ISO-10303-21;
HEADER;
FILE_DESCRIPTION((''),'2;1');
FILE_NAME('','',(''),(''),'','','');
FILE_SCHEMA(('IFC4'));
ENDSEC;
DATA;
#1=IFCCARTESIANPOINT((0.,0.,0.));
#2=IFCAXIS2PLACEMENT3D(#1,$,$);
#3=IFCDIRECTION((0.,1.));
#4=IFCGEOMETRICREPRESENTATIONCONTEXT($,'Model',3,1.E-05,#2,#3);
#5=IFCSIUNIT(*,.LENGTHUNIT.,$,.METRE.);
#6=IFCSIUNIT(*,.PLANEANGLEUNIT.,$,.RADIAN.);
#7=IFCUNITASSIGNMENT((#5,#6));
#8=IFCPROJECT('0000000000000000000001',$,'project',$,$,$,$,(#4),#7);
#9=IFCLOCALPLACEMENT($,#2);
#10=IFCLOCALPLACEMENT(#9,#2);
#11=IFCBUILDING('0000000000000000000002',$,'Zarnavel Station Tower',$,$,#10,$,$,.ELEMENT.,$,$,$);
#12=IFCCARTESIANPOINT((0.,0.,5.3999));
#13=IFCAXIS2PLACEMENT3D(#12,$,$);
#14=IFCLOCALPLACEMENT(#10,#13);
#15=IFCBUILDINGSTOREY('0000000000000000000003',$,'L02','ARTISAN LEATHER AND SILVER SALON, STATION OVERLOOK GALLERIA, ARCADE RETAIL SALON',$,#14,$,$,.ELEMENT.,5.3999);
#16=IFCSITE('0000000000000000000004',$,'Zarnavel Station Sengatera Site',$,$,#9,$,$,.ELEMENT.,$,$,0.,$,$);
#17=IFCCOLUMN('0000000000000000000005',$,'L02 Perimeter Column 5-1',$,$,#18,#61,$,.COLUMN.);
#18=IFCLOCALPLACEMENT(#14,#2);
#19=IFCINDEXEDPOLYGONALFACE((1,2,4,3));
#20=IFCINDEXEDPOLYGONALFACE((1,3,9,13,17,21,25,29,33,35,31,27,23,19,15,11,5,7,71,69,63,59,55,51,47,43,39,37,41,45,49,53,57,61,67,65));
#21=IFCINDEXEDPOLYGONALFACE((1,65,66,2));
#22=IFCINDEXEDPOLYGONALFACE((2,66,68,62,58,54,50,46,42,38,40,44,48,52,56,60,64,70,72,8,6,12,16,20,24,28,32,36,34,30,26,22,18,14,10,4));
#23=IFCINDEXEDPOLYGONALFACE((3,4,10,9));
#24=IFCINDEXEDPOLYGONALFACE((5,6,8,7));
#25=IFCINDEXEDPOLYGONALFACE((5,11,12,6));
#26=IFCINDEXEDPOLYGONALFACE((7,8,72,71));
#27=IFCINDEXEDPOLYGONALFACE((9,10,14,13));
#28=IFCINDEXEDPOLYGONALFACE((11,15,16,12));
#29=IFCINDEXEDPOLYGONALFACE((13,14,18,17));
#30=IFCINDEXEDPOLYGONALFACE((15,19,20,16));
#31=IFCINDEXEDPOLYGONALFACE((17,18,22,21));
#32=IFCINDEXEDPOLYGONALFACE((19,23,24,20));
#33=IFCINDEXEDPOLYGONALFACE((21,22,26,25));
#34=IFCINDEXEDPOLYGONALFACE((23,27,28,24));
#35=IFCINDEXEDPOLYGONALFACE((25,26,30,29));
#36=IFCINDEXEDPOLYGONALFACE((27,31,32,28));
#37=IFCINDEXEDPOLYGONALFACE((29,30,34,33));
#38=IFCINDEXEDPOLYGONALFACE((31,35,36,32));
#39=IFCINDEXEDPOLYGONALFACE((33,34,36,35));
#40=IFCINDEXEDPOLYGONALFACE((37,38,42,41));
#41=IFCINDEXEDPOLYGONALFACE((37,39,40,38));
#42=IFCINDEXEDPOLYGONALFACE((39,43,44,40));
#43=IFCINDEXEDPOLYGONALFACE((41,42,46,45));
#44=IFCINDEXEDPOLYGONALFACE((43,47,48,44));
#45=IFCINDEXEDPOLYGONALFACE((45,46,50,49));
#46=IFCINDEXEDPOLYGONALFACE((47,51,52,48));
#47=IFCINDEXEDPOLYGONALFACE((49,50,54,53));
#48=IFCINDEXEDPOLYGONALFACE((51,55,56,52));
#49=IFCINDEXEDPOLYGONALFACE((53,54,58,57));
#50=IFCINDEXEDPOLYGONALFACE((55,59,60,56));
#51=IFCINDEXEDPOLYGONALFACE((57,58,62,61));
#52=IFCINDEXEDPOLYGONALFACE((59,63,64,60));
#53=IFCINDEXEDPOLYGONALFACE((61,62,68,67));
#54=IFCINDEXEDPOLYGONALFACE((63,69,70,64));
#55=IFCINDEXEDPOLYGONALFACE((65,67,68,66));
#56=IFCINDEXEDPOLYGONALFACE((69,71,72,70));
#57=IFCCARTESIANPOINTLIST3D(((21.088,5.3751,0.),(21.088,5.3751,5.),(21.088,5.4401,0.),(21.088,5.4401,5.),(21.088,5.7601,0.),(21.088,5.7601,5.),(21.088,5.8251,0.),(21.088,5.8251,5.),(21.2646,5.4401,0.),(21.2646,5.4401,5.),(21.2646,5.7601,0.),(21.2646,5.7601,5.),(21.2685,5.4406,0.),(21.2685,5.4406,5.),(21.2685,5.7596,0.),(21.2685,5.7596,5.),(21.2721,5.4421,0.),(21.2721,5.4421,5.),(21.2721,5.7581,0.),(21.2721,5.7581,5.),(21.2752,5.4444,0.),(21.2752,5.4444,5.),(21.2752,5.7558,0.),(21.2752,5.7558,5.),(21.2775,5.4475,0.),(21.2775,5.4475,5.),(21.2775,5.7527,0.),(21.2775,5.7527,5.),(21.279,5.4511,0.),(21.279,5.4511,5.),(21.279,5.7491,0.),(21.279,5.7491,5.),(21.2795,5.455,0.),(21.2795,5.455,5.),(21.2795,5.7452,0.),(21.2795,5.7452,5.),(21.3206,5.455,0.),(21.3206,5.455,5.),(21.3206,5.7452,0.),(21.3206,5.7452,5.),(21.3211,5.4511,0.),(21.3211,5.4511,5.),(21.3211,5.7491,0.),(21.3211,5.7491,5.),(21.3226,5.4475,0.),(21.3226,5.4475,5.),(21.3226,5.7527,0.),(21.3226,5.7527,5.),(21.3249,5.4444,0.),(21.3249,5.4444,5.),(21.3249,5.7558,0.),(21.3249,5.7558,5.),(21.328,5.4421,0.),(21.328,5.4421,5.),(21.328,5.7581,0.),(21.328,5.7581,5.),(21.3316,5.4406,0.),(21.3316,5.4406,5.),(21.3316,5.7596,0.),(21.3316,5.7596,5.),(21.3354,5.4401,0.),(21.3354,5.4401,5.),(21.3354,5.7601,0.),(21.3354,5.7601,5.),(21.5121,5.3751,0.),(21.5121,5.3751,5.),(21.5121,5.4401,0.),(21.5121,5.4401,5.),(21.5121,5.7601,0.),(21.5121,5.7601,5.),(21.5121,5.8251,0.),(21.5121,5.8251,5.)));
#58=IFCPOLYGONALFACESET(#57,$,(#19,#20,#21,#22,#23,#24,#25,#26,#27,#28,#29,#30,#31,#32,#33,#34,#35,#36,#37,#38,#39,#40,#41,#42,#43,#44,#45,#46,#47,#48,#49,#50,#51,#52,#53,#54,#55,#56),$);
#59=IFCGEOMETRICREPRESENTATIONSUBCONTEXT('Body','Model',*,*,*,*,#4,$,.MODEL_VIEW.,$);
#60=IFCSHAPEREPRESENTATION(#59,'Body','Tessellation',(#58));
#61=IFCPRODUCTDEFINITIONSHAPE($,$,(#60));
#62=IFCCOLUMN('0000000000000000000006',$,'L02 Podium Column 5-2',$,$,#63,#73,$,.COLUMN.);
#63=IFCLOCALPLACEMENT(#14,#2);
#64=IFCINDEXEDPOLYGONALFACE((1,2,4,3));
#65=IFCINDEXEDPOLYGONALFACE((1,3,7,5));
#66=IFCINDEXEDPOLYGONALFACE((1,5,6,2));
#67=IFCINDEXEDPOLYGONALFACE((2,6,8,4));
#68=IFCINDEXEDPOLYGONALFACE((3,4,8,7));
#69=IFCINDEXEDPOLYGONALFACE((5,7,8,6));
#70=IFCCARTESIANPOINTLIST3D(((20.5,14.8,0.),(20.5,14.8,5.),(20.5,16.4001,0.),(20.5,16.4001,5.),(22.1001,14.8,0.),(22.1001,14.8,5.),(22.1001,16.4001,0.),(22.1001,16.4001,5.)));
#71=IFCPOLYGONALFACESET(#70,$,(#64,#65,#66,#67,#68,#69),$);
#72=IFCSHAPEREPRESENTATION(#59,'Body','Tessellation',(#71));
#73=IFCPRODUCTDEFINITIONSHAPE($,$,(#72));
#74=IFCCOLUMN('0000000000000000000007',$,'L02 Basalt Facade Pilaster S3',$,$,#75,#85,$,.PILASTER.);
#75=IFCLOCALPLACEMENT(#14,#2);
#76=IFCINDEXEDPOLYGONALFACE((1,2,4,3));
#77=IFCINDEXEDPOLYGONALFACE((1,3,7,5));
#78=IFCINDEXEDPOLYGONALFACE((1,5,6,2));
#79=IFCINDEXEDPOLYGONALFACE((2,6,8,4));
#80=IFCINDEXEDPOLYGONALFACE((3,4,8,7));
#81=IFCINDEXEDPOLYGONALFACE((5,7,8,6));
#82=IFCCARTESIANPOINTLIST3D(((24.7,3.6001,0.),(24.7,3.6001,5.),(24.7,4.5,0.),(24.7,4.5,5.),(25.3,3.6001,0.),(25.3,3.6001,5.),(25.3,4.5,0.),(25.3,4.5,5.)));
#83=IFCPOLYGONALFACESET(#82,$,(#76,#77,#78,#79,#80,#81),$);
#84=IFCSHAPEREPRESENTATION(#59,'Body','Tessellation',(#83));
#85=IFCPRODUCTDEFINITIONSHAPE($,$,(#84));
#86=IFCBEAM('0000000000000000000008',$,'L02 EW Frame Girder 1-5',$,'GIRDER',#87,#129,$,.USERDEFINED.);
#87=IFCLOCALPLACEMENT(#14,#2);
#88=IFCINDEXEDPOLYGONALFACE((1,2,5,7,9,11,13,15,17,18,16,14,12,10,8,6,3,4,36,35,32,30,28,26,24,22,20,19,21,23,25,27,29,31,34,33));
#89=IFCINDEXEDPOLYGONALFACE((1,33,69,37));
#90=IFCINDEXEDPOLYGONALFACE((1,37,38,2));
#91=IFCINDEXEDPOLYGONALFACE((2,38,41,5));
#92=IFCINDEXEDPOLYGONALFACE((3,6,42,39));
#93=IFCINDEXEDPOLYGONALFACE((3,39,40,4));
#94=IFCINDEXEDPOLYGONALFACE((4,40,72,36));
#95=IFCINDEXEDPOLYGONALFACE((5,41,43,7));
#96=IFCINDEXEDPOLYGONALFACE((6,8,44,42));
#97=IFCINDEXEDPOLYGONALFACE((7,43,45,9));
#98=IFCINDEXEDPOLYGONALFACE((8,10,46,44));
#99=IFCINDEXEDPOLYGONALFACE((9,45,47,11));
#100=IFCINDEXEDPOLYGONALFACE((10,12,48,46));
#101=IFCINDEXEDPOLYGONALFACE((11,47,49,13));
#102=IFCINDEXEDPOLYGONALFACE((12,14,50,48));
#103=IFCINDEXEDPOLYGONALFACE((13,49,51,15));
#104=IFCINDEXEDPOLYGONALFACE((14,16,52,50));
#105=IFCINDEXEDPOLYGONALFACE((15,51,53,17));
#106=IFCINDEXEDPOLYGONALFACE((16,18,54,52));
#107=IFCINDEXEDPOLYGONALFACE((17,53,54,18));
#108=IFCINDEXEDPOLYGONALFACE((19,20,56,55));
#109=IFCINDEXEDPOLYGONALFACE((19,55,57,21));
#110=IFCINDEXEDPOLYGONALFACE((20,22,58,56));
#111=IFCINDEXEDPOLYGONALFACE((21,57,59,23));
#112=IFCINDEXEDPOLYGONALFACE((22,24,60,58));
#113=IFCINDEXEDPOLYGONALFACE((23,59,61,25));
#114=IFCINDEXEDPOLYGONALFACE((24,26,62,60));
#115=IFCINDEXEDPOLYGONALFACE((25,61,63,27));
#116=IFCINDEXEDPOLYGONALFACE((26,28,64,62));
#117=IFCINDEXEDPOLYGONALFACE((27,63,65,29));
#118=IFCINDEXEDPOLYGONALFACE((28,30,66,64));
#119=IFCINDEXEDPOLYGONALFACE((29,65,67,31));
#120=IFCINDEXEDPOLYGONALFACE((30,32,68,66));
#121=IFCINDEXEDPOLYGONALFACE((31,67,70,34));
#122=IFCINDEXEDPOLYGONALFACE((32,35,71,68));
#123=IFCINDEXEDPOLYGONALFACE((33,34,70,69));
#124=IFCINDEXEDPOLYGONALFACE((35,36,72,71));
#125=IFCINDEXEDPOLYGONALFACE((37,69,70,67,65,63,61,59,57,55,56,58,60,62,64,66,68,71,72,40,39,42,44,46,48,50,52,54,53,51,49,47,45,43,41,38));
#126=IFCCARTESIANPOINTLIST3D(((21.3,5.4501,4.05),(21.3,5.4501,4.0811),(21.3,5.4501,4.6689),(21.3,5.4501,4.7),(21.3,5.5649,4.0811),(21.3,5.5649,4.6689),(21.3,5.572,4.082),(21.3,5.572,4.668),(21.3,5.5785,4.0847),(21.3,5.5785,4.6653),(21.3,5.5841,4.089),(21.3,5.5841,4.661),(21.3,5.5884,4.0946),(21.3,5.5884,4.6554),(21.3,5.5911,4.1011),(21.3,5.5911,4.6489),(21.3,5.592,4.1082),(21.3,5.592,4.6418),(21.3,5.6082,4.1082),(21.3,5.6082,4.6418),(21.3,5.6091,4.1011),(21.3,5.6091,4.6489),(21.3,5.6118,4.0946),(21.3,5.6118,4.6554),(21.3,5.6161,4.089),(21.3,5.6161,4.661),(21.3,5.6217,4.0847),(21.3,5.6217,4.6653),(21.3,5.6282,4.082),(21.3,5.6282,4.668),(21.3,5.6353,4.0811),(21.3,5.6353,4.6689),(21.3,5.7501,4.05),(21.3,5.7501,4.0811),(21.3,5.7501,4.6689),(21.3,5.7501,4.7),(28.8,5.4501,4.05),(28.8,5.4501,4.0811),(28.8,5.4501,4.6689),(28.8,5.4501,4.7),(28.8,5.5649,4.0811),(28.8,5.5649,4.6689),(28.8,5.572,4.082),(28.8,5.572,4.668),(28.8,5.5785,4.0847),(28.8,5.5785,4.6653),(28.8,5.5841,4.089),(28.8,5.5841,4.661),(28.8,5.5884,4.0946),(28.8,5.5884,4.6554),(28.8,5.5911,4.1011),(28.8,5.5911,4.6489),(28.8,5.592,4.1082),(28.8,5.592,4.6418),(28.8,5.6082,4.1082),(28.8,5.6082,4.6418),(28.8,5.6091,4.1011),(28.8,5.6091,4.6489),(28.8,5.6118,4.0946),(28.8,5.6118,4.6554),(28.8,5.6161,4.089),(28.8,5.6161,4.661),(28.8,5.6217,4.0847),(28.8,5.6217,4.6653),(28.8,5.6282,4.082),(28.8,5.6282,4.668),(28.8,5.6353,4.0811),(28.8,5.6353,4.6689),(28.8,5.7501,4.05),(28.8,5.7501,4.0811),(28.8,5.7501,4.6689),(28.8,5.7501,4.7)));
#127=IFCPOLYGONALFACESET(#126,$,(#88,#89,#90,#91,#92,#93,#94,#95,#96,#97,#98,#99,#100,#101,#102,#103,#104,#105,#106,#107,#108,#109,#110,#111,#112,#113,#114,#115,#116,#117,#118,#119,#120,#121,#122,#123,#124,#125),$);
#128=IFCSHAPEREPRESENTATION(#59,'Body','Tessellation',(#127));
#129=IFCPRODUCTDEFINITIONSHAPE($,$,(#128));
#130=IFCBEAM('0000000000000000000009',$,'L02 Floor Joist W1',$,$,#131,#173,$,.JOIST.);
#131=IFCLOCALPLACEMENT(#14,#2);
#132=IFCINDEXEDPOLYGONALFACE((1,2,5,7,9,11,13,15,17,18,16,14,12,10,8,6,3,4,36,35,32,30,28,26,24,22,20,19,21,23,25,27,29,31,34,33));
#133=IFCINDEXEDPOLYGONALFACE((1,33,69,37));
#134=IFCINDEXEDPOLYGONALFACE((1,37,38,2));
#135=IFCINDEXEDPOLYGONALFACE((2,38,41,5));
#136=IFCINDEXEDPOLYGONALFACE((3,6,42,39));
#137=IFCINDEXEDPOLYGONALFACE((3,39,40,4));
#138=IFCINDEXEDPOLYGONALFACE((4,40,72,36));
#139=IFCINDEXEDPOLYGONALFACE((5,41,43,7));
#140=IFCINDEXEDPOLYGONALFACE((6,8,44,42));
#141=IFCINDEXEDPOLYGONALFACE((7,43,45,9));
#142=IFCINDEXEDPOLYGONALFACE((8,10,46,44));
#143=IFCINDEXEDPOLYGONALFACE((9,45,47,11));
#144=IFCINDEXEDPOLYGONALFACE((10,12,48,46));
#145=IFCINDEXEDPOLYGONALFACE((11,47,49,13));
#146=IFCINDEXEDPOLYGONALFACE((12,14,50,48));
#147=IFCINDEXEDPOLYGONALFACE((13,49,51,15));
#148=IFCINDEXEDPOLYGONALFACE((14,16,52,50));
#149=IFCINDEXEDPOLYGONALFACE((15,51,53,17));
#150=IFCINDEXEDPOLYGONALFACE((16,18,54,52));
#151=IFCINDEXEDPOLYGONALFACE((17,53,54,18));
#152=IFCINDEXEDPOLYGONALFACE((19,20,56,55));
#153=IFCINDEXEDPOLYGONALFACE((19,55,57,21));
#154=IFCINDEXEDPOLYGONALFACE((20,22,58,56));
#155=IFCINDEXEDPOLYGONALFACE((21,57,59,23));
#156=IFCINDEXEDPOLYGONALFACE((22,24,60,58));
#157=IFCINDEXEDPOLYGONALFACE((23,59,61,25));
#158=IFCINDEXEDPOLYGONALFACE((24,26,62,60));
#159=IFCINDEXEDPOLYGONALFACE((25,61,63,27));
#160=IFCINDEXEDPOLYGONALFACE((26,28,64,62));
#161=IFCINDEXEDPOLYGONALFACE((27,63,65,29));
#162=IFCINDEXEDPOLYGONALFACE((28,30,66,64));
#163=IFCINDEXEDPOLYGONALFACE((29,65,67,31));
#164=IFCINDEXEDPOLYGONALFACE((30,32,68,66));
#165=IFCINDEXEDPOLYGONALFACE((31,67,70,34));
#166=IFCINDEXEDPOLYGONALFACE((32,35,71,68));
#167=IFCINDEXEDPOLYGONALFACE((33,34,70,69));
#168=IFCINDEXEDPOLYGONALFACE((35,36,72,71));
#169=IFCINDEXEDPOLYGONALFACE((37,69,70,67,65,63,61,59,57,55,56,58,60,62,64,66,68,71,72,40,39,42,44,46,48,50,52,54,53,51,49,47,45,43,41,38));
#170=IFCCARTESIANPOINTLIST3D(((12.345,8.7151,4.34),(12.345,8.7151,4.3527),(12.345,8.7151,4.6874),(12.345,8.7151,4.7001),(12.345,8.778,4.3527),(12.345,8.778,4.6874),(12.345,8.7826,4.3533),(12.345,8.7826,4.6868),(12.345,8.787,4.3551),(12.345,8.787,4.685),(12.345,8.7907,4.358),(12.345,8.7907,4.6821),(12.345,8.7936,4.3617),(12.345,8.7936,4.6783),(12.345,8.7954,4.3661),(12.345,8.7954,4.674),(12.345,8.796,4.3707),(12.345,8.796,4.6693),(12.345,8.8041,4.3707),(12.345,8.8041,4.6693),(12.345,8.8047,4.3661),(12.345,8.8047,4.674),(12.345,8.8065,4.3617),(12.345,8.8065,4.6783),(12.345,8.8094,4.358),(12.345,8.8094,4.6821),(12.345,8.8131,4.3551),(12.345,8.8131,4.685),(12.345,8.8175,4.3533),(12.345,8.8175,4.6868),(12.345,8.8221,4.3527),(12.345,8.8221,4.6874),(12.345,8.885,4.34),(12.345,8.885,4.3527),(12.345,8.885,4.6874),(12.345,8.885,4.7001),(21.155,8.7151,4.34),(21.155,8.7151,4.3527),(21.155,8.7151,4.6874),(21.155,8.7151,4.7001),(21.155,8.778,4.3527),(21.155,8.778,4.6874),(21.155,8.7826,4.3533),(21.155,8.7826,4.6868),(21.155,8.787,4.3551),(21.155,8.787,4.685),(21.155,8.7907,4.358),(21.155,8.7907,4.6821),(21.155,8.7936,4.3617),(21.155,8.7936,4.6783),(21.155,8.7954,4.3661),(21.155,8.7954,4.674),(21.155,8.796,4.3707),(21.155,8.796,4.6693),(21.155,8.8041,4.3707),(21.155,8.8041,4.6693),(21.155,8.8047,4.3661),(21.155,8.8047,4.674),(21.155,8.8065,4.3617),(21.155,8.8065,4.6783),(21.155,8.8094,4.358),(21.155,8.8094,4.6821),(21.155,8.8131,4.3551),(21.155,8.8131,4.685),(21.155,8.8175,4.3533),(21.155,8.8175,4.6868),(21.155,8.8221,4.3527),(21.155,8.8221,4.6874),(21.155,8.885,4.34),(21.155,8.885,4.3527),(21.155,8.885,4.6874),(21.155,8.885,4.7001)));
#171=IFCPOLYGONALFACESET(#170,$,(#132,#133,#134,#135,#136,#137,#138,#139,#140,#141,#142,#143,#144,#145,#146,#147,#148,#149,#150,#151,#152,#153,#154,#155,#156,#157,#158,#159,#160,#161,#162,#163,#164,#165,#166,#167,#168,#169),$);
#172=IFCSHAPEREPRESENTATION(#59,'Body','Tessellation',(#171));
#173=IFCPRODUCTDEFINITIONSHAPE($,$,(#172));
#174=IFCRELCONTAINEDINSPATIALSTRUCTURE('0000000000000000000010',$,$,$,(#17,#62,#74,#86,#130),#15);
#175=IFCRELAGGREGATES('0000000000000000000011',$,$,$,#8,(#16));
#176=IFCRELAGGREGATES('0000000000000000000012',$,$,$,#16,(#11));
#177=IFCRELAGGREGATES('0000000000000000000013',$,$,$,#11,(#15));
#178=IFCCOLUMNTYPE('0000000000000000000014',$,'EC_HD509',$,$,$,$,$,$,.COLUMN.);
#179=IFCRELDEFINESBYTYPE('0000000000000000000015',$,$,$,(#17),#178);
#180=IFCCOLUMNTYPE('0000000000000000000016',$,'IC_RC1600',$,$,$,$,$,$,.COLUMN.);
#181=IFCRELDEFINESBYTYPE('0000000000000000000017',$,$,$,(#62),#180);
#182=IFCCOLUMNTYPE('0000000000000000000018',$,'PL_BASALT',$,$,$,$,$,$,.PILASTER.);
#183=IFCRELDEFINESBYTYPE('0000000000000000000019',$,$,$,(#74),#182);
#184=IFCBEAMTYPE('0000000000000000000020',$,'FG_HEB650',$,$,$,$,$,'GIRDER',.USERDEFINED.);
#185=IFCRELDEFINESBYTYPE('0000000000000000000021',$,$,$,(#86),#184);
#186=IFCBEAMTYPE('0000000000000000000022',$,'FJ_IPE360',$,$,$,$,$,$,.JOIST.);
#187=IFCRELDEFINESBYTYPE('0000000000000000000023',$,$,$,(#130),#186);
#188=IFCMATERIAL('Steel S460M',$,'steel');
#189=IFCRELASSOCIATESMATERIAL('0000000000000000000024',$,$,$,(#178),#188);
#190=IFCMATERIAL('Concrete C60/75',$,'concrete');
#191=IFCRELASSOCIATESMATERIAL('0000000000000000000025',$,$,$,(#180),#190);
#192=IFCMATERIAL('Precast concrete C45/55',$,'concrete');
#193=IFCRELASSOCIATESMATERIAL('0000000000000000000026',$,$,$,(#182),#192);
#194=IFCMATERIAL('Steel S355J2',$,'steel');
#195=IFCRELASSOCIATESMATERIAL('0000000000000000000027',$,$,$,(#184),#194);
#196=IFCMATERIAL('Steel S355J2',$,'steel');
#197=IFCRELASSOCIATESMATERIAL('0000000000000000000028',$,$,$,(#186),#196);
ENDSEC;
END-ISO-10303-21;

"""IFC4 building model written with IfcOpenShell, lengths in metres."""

from ifc_helpers import new_model, si_unit, direction, frame, origin, origin_2d, place, context, subcontext, project, spatial, rectangle, i_section, extrude, material, material_profile, profile_set, type_object, element, save


model = new_model("IFC4")

# Units and contexts
model_context = context("Model", 3, precision=1e-05, world=origin(), true_north=direction((0.0, 1.0)))
body_context = subcontext(model_context, "Body", "Model", "MODEL_VIEW")
ifc_project = project(units=[si_unit("LENGTHUNIT", "METRE"), si_unit("PLANEANGLEUNIT", "RADIAN")], contexts=[model_context])

# Site, building, storey
site_placement = place(None, origin())
site = spatial("IfcSite", under=ifc_project, at=site_placement, Name="Zarnavel Station Sengatera Site", CompositionType="ELEMENT", RefElevation=0.0)
building_placement = place(site_placement, origin())
building = spatial("IfcBuilding", under=site, at=building_placement, Name="Zarnavel Station Tower", CompositionType="ELEMENT")
storey_placement = place(building_placement, frame((0.0, 0.0, 5.3999)))
storey = spatial("IfcBuildingStorey", under=building, at=storey_placement, Name="L02", Description="ARTISAN LEATHER AND SILVER SALON, STATION OVERLOOK GALLERIA, ARCADE RETAIL SALON", CompositionType="ELEMENT", Elevation=5.3999)

# Columns
ifc_material_1 = material(Name="Steel S460M", Category="steel")
ifc_material_profile_1 = material_profile(ifc_material_1, i_section(OverallWidth=0.4241, OverallDepth=0.45, WebThickness=0.041, FlangeThickness=0.0649, FilletRadius=0.0149, at=origin_2d()), Name="HD400x509")
ifc_profile_set_1 = profile_set([ifc_material_profile_1], Name="Steel S460M")
column_type_1 = type_object("IfcColumnType", Name="EC_HD509", PredefinedType="COLUMN", material=ifc_profile_set_1)
column_1_placement = place(storey_placement, frame((21.3, 5.6001, 0.0), z_axis=(0.0, 0.0, 1.0), x_axis=(1.0, 0.0, 0.0)))
element("IfcColumn", 1, at=column_1_placement, inside=storey, type_object=column_type_1, Name="L02 Perimeter Column 5-1", PredefinedType="COLUMN", context=body_context, shape_type="SweptSolid", body=[
    extrude(i_section(OverallWidth=0.4241, OverallDepth=0.45, WebThickness=0.041, FlangeThickness=0.0649, FilletRadius=0.0149, at=origin_2d()), origin(), (0.0, 0.0, 1.0), 5.0),
])
ifc_material_2 = material(Name="Concrete C60/75", Category="concrete")
ifc_material_profile_2 = material_profile(ifc_material_2, rectangle(XDim=1.6001, YDim=1.6001, at=origin_2d()), Name="RC1600x1600")
ifc_profile_set_2 = profile_set([ifc_material_profile_2], Name="Concrete C60/75")
column_type_2 = type_object("IfcColumnType", Name="IC_RC1600", PredefinedType="COLUMN", material=ifc_profile_set_2)
column_2_placement = place(storey_placement, frame((21.3, 15.6001, 0.0), z_axis=(0.0, 0.0, 1.0), x_axis=(1.0, 0.0, 0.0)))
element("IfcColumn", 2, at=column_2_placement, inside=storey, type_object=column_type_2, Name="L02 Podium Column 5-2", PredefinedType="COLUMN", context=body_context, shape_type="SweptSolid", body=[
    extrude(rectangle(XDim=1.6001, YDim=1.6001, at=origin_2d()), origin(), (0.0, 0.0, 1.0), 5.0),
])
ifc_material_3 = material(Name="Precast concrete C45/55", Category="concrete")
ifc_material_profile_3 = material_profile(ifc_material_3, rectangle(XDim=0.6001, YDim=0.8999, at=origin_2d()), Name="RC600x900")
ifc_profile_set_3 = profile_set([ifc_material_profile_3], Name="Precast concrete C45/55")
column_type_3 = type_object("IfcColumnType", Name="PL_BASALT", PredefinedType="PILASTER", material=ifc_profile_set_3)
column_3_placement = place(storey_placement, frame((25.0, 4.05, 0.0), z_axis=(0.0, 0.0, 1.0), x_axis=(1.0, 0.0, 0.0)))
element("IfcColumn", 3, at=column_3_placement, inside=storey, type_object=column_type_3, Name="L02 Basalt Facade Pilaster S3", PredefinedType="PILASTER", context=body_context, shape_type="SweptSolid", body=[
    extrude(rectangle(XDim=0.6001, YDim=0.8999, at=origin_2d()), origin(), (0.0, 0.0, 1.0), 5.0),
])

# Beams
ifc_material_4 = material(Name="Steel S355J2", Category="steel")
ifc_material_profile_4 = material_profile(ifc_material_4, i_section(OverallWidth=0.3, OverallDepth=0.6499, WebThickness=0.0161, FlangeThickness=0.031, FilletRadius=0.0271, at=origin_2d()), Name="HEB650")
ifc_profile_set_4 = profile_set([ifc_material_profile_4], Name="Steel S355J2")
beam_type_1 = type_object("IfcBeamType", Name="FG_HEB650", ElementType="GIRDER", PredefinedType="USERDEFINED", material=ifc_profile_set_4)
beam_1_placement = place(storey_placement, frame((21.3, 5.6001, 4.375), z_axis=(1.0, 0.0, 0.0), x_axis=(0.0, 1.0, 0.0)))
element("IfcBeam", 4, at=beam_1_placement, inside=storey, type_object=beam_type_1, Name="L02 EW Frame Girder 1-5", ObjectType="GIRDER", PredefinedType="USERDEFINED", context=body_context, shape_type="SweptSolid", body=[
    extrude(i_section(OverallWidth=0.3, OverallDepth=0.6499, WebThickness=0.0161, FlangeThickness=0.031, FilletRadius=0.0271, at=origin_2d()), origin(), (0.0, 0.0, 1.0), 7.5),
])
ifc_material_5 = material(Name="Steel S355J2", Category="steel")
ifc_material_profile_5 = material_profile(ifc_material_5, i_section(OverallWidth=0.1699, OverallDepth=0.3601, WebThickness=0.0081, FlangeThickness=0.0127, FilletRadius=0.0181, at=origin_2d()), Name="IPE360")
ifc_profile_set_5 = profile_set([ifc_material_profile_5], Name="Steel S355J2")
beam_type_2 = type_object("IfcBeamType", Name="FJ_IPE360", PredefinedType="JOIST", material=ifc_profile_set_5)
beam_2_placement = place(storey_placement, frame((12.345, 8.8, 4.52), z_axis=(1.0, 0.0, 0.0), x_axis=(0.0, 1.0, 0.0)))
element("IfcBeam", 5, at=beam_2_placement, inside=storey, type_object=beam_type_2, Name="L02 Floor Joist W1", PredefinedType="JOIST", context=body_context, shape_type="SweptSolid", body=[
    extrude(i_section(OverallWidth=0.1699, OverallDepth=0.3601, WebThickness=0.0081, FlangeThickness=0.0127, FilletRadius=0.0181, at=origin_2d()), origin(), (0.0, 0.0, 1.0), 8.8101),
])

save(model, "model.ifc")
